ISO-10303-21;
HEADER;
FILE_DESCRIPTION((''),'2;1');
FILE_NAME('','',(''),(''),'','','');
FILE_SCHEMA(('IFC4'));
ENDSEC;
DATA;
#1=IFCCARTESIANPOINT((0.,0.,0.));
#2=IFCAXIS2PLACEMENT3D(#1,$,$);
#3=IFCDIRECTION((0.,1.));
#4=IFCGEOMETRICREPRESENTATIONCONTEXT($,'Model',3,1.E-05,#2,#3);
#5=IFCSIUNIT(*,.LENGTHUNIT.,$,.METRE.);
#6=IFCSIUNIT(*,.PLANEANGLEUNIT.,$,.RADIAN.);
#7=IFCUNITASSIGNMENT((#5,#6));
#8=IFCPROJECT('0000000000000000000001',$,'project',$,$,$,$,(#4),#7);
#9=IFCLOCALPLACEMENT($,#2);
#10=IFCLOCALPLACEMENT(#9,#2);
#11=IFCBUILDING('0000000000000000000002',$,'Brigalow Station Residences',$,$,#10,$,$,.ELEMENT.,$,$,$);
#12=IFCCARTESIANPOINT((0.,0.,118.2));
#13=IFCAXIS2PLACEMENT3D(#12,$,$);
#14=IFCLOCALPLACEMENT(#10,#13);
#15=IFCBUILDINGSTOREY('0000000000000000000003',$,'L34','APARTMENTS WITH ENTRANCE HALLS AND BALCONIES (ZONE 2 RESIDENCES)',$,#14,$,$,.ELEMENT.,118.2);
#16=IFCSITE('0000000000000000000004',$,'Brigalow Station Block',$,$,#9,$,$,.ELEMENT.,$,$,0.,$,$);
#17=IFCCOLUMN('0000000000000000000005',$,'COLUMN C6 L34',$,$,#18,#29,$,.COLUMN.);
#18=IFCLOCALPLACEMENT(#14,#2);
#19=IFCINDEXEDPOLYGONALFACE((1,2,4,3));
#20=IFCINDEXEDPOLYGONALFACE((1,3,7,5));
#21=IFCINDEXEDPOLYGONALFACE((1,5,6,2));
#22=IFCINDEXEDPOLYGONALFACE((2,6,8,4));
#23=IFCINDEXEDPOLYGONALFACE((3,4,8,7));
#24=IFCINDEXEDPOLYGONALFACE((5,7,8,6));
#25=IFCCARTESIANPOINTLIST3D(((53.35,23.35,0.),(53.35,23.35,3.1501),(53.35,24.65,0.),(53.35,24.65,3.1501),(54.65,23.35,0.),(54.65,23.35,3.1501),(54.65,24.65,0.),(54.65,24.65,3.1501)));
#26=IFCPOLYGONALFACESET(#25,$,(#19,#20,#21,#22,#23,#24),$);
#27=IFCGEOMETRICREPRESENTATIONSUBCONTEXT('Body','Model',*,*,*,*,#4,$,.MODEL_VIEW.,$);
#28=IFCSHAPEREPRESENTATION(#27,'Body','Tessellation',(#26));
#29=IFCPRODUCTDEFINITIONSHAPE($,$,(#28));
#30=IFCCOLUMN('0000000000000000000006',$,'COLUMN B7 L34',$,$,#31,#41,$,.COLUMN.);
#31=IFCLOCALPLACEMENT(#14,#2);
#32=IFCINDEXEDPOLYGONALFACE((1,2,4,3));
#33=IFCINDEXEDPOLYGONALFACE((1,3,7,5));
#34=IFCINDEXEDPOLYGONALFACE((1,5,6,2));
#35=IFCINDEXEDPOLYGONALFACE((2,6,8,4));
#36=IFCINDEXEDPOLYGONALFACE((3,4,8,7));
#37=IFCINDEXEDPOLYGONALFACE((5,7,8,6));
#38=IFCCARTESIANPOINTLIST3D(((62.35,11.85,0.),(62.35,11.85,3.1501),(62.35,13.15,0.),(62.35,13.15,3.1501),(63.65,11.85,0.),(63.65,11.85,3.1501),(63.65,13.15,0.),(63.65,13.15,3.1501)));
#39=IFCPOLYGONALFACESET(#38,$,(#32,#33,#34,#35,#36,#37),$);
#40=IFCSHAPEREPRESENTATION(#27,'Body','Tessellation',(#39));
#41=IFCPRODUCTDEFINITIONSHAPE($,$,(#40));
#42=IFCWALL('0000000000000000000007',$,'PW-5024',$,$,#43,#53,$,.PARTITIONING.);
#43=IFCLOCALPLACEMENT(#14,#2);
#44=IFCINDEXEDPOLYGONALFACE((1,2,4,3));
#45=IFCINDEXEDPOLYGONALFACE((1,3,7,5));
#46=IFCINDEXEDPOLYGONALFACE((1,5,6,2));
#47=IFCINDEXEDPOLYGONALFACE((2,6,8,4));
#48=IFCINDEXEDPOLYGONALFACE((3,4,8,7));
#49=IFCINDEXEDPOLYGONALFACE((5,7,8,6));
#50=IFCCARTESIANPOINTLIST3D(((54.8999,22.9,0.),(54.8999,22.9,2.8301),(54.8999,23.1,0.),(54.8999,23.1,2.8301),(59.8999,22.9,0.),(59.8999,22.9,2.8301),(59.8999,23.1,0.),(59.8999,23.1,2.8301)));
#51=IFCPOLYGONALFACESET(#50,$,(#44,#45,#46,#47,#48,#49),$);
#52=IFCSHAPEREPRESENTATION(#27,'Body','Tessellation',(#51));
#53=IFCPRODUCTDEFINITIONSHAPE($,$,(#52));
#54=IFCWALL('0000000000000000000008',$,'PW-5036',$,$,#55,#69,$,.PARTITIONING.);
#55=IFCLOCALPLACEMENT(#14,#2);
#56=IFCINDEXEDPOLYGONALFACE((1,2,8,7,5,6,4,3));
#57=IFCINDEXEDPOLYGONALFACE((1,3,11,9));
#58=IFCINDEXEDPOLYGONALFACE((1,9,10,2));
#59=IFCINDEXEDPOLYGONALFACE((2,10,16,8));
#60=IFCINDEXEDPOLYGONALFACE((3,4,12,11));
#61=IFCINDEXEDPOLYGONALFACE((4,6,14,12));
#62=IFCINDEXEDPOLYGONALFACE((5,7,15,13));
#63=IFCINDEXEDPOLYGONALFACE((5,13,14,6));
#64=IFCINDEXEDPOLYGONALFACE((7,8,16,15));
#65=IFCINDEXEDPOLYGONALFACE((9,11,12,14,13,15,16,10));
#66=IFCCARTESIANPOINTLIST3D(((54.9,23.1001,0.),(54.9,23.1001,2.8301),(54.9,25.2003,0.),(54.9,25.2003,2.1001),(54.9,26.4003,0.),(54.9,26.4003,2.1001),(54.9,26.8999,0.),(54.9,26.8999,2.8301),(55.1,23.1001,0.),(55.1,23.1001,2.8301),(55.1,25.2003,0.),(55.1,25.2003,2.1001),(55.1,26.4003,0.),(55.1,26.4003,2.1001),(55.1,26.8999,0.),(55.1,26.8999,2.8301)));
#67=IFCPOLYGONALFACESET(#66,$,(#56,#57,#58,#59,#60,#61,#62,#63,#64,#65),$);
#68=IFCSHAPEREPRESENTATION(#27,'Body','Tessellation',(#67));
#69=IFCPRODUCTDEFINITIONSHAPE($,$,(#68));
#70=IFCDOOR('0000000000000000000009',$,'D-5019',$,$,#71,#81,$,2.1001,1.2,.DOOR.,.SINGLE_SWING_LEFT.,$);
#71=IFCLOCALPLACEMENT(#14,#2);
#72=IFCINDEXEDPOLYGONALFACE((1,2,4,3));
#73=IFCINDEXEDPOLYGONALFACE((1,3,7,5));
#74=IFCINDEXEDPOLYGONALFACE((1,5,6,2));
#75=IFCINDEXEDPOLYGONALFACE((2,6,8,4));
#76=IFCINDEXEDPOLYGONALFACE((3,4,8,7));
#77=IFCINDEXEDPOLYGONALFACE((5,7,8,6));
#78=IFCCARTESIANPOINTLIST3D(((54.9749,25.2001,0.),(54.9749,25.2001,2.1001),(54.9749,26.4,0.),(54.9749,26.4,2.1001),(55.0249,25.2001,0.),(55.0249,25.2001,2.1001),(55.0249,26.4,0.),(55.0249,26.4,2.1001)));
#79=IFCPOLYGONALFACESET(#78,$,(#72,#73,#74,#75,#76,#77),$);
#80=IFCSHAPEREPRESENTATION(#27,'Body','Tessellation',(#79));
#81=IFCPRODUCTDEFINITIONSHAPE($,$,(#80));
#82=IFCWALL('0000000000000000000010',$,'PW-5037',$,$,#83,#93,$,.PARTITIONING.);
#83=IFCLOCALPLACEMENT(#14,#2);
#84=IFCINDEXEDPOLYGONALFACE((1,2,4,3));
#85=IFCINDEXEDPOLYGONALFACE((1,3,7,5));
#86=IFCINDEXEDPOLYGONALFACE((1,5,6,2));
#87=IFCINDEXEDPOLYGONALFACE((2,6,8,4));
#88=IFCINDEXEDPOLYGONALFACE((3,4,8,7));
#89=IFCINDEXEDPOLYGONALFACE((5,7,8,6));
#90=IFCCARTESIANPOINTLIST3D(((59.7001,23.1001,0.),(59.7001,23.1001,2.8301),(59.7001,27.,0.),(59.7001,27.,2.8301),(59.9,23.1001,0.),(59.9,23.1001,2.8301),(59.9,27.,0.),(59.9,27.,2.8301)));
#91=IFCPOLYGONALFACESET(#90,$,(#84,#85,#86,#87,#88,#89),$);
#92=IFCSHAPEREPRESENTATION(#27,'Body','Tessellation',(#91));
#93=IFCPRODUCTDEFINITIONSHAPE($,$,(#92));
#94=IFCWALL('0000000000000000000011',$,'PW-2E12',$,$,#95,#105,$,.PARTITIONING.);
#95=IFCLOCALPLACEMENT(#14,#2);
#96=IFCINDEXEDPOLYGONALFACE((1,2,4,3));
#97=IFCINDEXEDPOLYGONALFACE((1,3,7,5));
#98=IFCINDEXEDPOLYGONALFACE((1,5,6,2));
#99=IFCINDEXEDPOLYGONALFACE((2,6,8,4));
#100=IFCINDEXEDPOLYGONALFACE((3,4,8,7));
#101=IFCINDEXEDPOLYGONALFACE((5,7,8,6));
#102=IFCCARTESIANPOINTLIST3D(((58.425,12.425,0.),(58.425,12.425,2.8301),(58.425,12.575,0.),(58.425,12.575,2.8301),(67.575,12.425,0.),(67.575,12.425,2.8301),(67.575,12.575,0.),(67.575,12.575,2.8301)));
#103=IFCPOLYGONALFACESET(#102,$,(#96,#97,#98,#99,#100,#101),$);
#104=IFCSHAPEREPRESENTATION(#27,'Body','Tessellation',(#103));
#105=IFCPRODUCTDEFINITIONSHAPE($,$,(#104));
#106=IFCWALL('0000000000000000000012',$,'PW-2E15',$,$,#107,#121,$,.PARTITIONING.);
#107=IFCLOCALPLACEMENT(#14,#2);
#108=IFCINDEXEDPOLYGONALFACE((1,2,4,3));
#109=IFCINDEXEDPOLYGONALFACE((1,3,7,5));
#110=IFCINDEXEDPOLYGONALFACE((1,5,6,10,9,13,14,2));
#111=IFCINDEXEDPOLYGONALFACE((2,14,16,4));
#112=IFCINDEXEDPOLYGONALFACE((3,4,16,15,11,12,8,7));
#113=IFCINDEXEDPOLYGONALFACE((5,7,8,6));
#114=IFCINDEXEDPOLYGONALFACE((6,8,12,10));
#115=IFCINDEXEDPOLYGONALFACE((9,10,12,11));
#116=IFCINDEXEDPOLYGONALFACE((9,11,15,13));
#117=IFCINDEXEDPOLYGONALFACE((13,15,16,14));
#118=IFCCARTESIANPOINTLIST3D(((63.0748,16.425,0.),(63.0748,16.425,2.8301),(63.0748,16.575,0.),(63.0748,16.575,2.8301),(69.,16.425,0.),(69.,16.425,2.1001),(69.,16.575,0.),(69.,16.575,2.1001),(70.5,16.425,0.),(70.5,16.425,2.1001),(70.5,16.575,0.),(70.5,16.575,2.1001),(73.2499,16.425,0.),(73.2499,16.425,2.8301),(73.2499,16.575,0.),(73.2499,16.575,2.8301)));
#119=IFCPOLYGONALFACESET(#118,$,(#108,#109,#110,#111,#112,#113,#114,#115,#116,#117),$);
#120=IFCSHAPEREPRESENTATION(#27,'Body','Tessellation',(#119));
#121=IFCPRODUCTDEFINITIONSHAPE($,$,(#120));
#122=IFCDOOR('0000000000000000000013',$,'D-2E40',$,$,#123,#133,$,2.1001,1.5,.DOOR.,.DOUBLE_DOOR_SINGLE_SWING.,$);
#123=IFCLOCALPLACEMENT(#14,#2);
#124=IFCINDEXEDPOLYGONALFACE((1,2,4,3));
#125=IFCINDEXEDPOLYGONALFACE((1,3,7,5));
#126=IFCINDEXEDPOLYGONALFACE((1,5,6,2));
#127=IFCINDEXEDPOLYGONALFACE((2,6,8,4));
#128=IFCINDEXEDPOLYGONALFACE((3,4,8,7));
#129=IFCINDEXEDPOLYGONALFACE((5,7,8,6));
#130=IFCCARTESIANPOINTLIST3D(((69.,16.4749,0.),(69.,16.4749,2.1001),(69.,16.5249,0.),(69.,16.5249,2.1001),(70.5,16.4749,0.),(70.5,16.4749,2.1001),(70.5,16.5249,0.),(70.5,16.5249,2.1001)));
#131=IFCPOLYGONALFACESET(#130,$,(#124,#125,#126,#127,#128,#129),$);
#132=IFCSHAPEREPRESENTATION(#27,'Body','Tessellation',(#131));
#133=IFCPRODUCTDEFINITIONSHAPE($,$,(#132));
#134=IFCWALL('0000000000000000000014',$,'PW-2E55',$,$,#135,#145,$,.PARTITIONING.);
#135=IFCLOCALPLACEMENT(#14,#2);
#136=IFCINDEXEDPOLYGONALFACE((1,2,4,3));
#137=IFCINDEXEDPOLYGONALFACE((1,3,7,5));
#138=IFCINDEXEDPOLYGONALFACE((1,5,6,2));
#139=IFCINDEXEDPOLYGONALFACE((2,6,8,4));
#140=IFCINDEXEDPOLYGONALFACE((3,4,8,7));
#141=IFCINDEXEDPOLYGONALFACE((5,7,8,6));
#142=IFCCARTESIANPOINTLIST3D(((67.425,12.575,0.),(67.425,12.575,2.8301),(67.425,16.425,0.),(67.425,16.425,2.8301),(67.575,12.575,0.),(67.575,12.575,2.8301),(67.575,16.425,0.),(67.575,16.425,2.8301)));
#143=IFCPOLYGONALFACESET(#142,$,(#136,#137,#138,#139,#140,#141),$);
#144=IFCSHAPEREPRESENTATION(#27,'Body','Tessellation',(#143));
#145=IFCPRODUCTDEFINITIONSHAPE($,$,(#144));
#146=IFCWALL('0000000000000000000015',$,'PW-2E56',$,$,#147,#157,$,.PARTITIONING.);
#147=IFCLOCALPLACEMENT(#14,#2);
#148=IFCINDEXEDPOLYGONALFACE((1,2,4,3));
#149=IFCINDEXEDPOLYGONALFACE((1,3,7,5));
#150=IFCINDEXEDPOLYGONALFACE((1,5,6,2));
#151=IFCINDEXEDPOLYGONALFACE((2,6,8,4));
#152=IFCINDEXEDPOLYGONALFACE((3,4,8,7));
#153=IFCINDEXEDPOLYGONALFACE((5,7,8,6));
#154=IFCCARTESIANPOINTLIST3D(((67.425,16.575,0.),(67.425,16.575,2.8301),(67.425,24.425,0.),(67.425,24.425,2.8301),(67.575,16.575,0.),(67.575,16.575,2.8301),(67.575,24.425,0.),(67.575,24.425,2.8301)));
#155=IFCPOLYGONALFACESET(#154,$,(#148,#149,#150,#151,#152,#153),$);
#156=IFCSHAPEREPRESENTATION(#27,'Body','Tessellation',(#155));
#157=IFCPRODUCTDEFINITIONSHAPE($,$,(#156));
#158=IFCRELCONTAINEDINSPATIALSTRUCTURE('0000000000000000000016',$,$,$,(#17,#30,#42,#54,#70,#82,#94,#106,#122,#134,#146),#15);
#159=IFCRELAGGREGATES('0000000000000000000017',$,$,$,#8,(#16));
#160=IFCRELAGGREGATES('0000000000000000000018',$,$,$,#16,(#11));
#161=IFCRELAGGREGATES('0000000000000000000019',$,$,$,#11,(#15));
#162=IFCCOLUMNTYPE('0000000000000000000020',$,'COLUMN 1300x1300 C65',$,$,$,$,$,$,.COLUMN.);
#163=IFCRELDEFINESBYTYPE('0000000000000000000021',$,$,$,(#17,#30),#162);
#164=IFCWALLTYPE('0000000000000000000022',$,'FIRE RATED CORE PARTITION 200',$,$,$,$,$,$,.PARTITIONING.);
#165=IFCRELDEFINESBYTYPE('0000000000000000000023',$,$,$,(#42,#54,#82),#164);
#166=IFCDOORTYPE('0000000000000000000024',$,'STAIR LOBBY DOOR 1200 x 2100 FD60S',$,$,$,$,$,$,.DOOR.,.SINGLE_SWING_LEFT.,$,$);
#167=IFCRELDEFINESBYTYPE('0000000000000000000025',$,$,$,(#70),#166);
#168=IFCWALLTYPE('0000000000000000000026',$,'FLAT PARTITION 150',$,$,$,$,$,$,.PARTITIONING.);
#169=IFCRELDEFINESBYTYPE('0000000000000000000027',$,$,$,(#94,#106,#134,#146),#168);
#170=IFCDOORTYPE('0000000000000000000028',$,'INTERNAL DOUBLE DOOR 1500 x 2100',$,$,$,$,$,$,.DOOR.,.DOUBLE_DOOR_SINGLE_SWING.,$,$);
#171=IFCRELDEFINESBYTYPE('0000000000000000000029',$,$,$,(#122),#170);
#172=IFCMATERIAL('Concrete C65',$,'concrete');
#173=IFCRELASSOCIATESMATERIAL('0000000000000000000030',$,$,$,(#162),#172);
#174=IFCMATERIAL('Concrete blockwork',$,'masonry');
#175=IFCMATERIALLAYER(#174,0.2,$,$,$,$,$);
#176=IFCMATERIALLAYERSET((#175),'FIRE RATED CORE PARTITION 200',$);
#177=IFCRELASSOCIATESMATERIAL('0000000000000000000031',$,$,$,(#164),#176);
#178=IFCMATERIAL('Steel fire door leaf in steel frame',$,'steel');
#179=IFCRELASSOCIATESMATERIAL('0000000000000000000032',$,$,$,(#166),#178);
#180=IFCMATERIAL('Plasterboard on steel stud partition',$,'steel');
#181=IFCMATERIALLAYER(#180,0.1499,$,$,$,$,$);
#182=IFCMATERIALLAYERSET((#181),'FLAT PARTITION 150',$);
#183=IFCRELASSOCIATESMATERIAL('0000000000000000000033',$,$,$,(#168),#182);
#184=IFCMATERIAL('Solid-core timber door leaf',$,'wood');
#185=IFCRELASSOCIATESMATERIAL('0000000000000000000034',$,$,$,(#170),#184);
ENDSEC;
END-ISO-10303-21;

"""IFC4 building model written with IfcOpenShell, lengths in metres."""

from ifc_helpers import new_model, si_unit, direction, frame, frame_2d, origin, origin_2d, place, context, subcontext, project, spatial, rectangle, extrude, material, layer, layer_set, material_profile, profile_set, type_object, element, fill, save


model = new_model("IFC4")

# Units and contexts
model_context = context("Model", 3, precision=1e-05, world=origin(), true_north=direction((0.0, 1.0)))
body_context = subcontext(model_context, "Body", "Model", "MODEL_VIEW")
ifc_project = project(units=[si_unit("LENGTHUNIT", "METRE"), si_unit("PLANEANGLEUNIT", "RADIAN")], contexts=[model_context])

# Site, building, storey
site_placement = place(None, origin())
site = spatial("IfcSite", under=ifc_project, at=site_placement, Name="Brigalow Station Block", CompositionType="ELEMENT", RefElevation=0.0)
building_placement = place(site_placement, origin())
building = spatial("IfcBuilding", under=site, at=building_placement, Name="Brigalow Station Residences", CompositionType="ELEMENT")
storey_placement = place(building_placement, frame((0.0, 0.0, 118.2)))
storey = spatial("IfcBuildingStorey", under=building, at=storey_placement, Name="L34", Description="APARTMENTS WITH ENTRANCE HALLS AND BALCONIES (ZONE 2 RESIDENCES)", CompositionType="ELEMENT", Elevation=118.2)

# Columns
ifc_material_1 = material(Name="Concrete C65", Category="concrete")
ifc_material_profile = material_profile(ifc_material_1, rectangle(XDim=1.3, YDim=1.3, at=origin_2d()), Name="RC1300x1300")
ifc_profile_set = profile_set([ifc_material_profile], Name="Concrete C65")
column_type = type_object("IfcColumnType", Name="COLUMN 1300x1300 C65", PredefinedType="COLUMN", material=ifc_profile_set)
for number, where, z_axis, x_axis, name in (
    (1, (54.0, 24.0, 0.0), (0.0, 0.0, 1.0), (1.0, 0.0, 0.0), "COLUMN C6 L34"),
    (2, (63.0, 12.5, 0.0), (0.0, 0.0, 1.0), (1.0, 0.0, 0.0), "COLUMN B7 L34"),
):
    element("IfcColumn", number, at=place(storey_placement, frame(where, z_axis=z_axis, x_axis=x_axis)), inside=storey, type_object=column_type, Name=name, PredefinedType="COLUMN", context=body_context, shape_type="SweptSolid", body=[
        extrude(rectangle(XDim=1.3, YDim=1.3, at=origin_2d()), origin(), (0.0, 0.0, 1.0), 3.1501),
    ])

# Wall
ifc_material_2 = material(Name="Concrete blockwork", Category="masonry")
ifc_layer_1 = layer(ifc_material_2, 0.2)
ifc_layer_set_1 = layer_set([ifc_layer_1], Name="FIRE RATED CORE PARTITION 200")
wall_type_1 = type_object("IfcWallType", Name="FIRE RATED CORE PARTITION 200", PredefinedType="PARTITIONING", material=ifc_layer_set_1)
wall_1_placement = place(storey_placement, frame((54.8999, 23.0, 0.0), z_axis=(0.0, 0.0, 1.0), x_axis=(1.0, 0.0, 0.0)))
element("IfcWall", 3, at=wall_1_placement, inside=storey, type_object=wall_type_1, Name="PW-5024", PredefinedType="PARTITIONING", context=body_context, shape_type="SweptSolid", body=[
    extrude(rectangle(XDim=5.0, YDim=0.2, at=frame_2d((2.5, 0.0))), origin(), (0.0, 0.0, 1.0), 2.8301),
])

# Wall, opening, door
wall_2_placement = place(storey_placement, frame((55.0, 23.1001, 0.0), z_axis=(0.0, 0.0, 1.0), x_axis=(0.0, 1.0, 0.0)))
wall_2 = element("IfcWall", 4, at=wall_2_placement, inside=storey, type_object=wall_type_1, Name="PW-5036", PredefinedType="PARTITIONING", context=body_context, shape_type="SweptSolid", body=[
    extrude(rectangle(XDim=3.7998, YDim=0.2, at=frame_2d((1.8999, 0.0))), origin(), (0.0, 0.0, 1.0), 2.8301),
])
opening_1_placement = place(wall_2_placement, frame((2.1001, 0.0, 0.0)))
opening_1 = element("IfcOpeningElement", 5, at=opening_1_placement, cuts=wall_2, PredefinedType="OPENING", context=body_context, shape_type="SweptSolid", body=[
    extrude(rectangle(XDim=1.2, YDim=2.1001, at=frame_2d((0.6001, 1.05))), frame((0.0, 0.1099, 0.0), z_axis=(0.0, -1.0, 0.0), x_axis=(1.0, 0.0, 0.0)), (0.0, 0.0, 1.0), 0.22),
])
ifc_material_3 = material(Name="Steel fire door leaf in steel frame", Category="steel")
door_type_1 = type_object("IfcDoorType", Name="STAIR LOBBY DOOR 1200 x 2100 FD60S", OperationType="SINGLE_SWING_LEFT", PredefinedType="DOOR", material=ifc_material_3)
door_1_placement = place(opening_1_placement, frame((1.2, 0.0, 0.0), z_axis=(0.0, 0.0, 1.0), x_axis=(-1.0, 0.0, 0.0)))
door_1 = element("IfcDoor", 6, at=door_1_placement, inside=storey, type_object=door_type_1, Name="D-5019", OperationType="SINGLE_SWING_LEFT", OverallHeight=2.1001, OverallWidth=1.2, PredefinedType="DOOR", context=body_context, shape_type="SweptSolid", body=[
    extrude(rectangle(XDim=1.2, YDim=2.1001, at=frame_2d((0.6001, 1.05))), frame((0.0, 0.0249, 0.0), z_axis=(0.0, -1.0, 0.0), x_axis=(1.0, 0.0, 0.0)), (0.0, 0.0, 1.0), 0.05),
])
fill(opening_1, door_1)

# Walls
wall_3_placement = place(storey_placement, frame((59.8, 23.1001, 0.0), z_axis=(0.0, 0.0, 1.0), x_axis=(0.0, 1.0, 0.0)))
element("IfcWall", 7, at=wall_3_placement, inside=storey, type_object=wall_type_1, Name="PW-5037", PredefinedType="PARTITIONING", context=body_context, shape_type="SweptSolid", body=[
    extrude(rectangle(XDim=3.8999, YDim=0.2, at=frame_2d((1.95, 0.0))), origin(), (0.0, 0.0, 1.0), 2.8301),
])
ifc_material_4 = material(Name="Plasterboard on steel stud partition", Category="steel")
ifc_layer_2 = layer(ifc_material_4, 0.1499)
ifc_layer_set_2 = layer_set([ifc_layer_2], Name="FLAT PARTITION 150")
wall_type_2 = type_object("IfcWallType", Name="FLAT PARTITION 150", PredefinedType="PARTITIONING", material=ifc_layer_set_2)
wall_4_placement = place(storey_placement, frame((58.425, 12.5, 0.0), z_axis=(0.0, 0.0, 1.0), x_axis=(1.0, 0.0, 0.0)))
element("IfcWall", 8, at=wall_4_placement, inside=storey, type_object=wall_type_2, Name="PW-2E12", PredefinedType="PARTITIONING", context=body_context, shape_type="SweptSolid", body=[
    extrude(rectangle(XDim=9.1499, YDim=0.1499, at=frame_2d((4.575, 0.0))), origin(), (0.0, 0.0, 1.0), 2.8301),
])

# Wall, opening, door
wall_5_placement = place(storey_placement, frame((63.075, 16.5, 0.0), z_axis=(0.0, 0.0, 1.0), x_axis=(1.0, 0.0, 0.0)))
wall_5 = element("IfcWall", 9, at=wall_5_placement, inside=storey, type_object=wall_type_2, Name="PW-2E15", PredefinedType="PARTITIONING", context=body_context, shape_type="SweptSolid", body=[
    extrude(rectangle(XDim=10.175, YDim=0.1499, at=frame_2d((5.0874, 0.0))), origin(), (0.0, 0.0, 1.0), 2.8301),
])
opening_2_placement = place(wall_5_placement, frame((5.925, 0.0, 0.0)))
opening_2 = element("IfcOpeningElement", 10, at=opening_2_placement, cuts=wall_5, PredefinedType="OPENING", context=body_context, shape_type="SweptSolid", body=[
    extrude(rectangle(XDim=1.5, YDim=2.1001, at=frame_2d((0.75, 1.05))), frame((0.0, 0.085, 0.0), z_axis=(0.0, -1.0, 0.0), x_axis=(1.0, 0.0, 0.0)), (0.0, 0.0, 1.0), 0.1699),
])
ifc_material_5 = material(Name="Solid-core timber door leaf", Category="wood")
door_type_2 = type_object("IfcDoorType", Name="INTERNAL DOUBLE DOOR 1500 x 2100", OperationType="DOUBLE_DOOR_SINGLE_SWING", PredefinedType="DOOR", material=ifc_material_5)
door_2_placement = place(opening_2_placement, origin())
door_2 = element("IfcDoor", 11, at=door_2_placement, inside=storey, type_object=door_type_2, Name="D-2E40", OperationType="DOUBLE_DOOR_SINGLE_SWING", OverallHeight=2.1001, OverallWidth=1.5, PredefinedType="DOOR", context=body_context, shape_type="SweptSolid", body=[
    extrude(rectangle(XDim=1.5, YDim=2.1001, at=frame_2d((0.75, 1.05))), frame((0.0, 0.0249, 0.0), z_axis=(0.0, -1.0, 0.0), x_axis=(1.0, 0.0, 0.0)), (0.0, 0.0, 1.0), 0.05),
])
fill(opening_2, door_2)

# Walls
wall_6_placement = place(storey_placement, frame((67.5, 12.575, 0.0), z_axis=(0.0, 0.0, 1.0), x_axis=(0.0, 1.0, 0.0)))
element("IfcWall", 12, at=wall_6_placement, inside=storey, type_object=wall_type_2, Name="PW-2E55", PredefinedType="PARTITIONING", context=body_context, shape_type="SweptSolid", body=[
    extrude(rectangle(XDim=3.8501, YDim=0.1499, at=frame_2d((1.925, 0.0))), origin(), (0.0, 0.0, 1.0), 2.8301),
])
wall_7_placement = place(storey_placement, frame((67.5, 16.575, 0.0), z_axis=(0.0, 0.0, 1.0), x_axis=(0.0, 1.0, 0.0)))
element("IfcWall", 13, at=wall_7_placement, inside=storey, type_object=wall_type_2, Name="PW-2E56", PredefinedType="PARTITIONING", context=body_context, shape_type="SweptSolid", body=[
    extrude(rectangle(XDim=7.8501, YDim=0.1499, at=frame_2d((3.925, 0.0))), origin(), (0.0, 0.0, 1.0), 2.8301),
])

save(model, "model.ifc")
